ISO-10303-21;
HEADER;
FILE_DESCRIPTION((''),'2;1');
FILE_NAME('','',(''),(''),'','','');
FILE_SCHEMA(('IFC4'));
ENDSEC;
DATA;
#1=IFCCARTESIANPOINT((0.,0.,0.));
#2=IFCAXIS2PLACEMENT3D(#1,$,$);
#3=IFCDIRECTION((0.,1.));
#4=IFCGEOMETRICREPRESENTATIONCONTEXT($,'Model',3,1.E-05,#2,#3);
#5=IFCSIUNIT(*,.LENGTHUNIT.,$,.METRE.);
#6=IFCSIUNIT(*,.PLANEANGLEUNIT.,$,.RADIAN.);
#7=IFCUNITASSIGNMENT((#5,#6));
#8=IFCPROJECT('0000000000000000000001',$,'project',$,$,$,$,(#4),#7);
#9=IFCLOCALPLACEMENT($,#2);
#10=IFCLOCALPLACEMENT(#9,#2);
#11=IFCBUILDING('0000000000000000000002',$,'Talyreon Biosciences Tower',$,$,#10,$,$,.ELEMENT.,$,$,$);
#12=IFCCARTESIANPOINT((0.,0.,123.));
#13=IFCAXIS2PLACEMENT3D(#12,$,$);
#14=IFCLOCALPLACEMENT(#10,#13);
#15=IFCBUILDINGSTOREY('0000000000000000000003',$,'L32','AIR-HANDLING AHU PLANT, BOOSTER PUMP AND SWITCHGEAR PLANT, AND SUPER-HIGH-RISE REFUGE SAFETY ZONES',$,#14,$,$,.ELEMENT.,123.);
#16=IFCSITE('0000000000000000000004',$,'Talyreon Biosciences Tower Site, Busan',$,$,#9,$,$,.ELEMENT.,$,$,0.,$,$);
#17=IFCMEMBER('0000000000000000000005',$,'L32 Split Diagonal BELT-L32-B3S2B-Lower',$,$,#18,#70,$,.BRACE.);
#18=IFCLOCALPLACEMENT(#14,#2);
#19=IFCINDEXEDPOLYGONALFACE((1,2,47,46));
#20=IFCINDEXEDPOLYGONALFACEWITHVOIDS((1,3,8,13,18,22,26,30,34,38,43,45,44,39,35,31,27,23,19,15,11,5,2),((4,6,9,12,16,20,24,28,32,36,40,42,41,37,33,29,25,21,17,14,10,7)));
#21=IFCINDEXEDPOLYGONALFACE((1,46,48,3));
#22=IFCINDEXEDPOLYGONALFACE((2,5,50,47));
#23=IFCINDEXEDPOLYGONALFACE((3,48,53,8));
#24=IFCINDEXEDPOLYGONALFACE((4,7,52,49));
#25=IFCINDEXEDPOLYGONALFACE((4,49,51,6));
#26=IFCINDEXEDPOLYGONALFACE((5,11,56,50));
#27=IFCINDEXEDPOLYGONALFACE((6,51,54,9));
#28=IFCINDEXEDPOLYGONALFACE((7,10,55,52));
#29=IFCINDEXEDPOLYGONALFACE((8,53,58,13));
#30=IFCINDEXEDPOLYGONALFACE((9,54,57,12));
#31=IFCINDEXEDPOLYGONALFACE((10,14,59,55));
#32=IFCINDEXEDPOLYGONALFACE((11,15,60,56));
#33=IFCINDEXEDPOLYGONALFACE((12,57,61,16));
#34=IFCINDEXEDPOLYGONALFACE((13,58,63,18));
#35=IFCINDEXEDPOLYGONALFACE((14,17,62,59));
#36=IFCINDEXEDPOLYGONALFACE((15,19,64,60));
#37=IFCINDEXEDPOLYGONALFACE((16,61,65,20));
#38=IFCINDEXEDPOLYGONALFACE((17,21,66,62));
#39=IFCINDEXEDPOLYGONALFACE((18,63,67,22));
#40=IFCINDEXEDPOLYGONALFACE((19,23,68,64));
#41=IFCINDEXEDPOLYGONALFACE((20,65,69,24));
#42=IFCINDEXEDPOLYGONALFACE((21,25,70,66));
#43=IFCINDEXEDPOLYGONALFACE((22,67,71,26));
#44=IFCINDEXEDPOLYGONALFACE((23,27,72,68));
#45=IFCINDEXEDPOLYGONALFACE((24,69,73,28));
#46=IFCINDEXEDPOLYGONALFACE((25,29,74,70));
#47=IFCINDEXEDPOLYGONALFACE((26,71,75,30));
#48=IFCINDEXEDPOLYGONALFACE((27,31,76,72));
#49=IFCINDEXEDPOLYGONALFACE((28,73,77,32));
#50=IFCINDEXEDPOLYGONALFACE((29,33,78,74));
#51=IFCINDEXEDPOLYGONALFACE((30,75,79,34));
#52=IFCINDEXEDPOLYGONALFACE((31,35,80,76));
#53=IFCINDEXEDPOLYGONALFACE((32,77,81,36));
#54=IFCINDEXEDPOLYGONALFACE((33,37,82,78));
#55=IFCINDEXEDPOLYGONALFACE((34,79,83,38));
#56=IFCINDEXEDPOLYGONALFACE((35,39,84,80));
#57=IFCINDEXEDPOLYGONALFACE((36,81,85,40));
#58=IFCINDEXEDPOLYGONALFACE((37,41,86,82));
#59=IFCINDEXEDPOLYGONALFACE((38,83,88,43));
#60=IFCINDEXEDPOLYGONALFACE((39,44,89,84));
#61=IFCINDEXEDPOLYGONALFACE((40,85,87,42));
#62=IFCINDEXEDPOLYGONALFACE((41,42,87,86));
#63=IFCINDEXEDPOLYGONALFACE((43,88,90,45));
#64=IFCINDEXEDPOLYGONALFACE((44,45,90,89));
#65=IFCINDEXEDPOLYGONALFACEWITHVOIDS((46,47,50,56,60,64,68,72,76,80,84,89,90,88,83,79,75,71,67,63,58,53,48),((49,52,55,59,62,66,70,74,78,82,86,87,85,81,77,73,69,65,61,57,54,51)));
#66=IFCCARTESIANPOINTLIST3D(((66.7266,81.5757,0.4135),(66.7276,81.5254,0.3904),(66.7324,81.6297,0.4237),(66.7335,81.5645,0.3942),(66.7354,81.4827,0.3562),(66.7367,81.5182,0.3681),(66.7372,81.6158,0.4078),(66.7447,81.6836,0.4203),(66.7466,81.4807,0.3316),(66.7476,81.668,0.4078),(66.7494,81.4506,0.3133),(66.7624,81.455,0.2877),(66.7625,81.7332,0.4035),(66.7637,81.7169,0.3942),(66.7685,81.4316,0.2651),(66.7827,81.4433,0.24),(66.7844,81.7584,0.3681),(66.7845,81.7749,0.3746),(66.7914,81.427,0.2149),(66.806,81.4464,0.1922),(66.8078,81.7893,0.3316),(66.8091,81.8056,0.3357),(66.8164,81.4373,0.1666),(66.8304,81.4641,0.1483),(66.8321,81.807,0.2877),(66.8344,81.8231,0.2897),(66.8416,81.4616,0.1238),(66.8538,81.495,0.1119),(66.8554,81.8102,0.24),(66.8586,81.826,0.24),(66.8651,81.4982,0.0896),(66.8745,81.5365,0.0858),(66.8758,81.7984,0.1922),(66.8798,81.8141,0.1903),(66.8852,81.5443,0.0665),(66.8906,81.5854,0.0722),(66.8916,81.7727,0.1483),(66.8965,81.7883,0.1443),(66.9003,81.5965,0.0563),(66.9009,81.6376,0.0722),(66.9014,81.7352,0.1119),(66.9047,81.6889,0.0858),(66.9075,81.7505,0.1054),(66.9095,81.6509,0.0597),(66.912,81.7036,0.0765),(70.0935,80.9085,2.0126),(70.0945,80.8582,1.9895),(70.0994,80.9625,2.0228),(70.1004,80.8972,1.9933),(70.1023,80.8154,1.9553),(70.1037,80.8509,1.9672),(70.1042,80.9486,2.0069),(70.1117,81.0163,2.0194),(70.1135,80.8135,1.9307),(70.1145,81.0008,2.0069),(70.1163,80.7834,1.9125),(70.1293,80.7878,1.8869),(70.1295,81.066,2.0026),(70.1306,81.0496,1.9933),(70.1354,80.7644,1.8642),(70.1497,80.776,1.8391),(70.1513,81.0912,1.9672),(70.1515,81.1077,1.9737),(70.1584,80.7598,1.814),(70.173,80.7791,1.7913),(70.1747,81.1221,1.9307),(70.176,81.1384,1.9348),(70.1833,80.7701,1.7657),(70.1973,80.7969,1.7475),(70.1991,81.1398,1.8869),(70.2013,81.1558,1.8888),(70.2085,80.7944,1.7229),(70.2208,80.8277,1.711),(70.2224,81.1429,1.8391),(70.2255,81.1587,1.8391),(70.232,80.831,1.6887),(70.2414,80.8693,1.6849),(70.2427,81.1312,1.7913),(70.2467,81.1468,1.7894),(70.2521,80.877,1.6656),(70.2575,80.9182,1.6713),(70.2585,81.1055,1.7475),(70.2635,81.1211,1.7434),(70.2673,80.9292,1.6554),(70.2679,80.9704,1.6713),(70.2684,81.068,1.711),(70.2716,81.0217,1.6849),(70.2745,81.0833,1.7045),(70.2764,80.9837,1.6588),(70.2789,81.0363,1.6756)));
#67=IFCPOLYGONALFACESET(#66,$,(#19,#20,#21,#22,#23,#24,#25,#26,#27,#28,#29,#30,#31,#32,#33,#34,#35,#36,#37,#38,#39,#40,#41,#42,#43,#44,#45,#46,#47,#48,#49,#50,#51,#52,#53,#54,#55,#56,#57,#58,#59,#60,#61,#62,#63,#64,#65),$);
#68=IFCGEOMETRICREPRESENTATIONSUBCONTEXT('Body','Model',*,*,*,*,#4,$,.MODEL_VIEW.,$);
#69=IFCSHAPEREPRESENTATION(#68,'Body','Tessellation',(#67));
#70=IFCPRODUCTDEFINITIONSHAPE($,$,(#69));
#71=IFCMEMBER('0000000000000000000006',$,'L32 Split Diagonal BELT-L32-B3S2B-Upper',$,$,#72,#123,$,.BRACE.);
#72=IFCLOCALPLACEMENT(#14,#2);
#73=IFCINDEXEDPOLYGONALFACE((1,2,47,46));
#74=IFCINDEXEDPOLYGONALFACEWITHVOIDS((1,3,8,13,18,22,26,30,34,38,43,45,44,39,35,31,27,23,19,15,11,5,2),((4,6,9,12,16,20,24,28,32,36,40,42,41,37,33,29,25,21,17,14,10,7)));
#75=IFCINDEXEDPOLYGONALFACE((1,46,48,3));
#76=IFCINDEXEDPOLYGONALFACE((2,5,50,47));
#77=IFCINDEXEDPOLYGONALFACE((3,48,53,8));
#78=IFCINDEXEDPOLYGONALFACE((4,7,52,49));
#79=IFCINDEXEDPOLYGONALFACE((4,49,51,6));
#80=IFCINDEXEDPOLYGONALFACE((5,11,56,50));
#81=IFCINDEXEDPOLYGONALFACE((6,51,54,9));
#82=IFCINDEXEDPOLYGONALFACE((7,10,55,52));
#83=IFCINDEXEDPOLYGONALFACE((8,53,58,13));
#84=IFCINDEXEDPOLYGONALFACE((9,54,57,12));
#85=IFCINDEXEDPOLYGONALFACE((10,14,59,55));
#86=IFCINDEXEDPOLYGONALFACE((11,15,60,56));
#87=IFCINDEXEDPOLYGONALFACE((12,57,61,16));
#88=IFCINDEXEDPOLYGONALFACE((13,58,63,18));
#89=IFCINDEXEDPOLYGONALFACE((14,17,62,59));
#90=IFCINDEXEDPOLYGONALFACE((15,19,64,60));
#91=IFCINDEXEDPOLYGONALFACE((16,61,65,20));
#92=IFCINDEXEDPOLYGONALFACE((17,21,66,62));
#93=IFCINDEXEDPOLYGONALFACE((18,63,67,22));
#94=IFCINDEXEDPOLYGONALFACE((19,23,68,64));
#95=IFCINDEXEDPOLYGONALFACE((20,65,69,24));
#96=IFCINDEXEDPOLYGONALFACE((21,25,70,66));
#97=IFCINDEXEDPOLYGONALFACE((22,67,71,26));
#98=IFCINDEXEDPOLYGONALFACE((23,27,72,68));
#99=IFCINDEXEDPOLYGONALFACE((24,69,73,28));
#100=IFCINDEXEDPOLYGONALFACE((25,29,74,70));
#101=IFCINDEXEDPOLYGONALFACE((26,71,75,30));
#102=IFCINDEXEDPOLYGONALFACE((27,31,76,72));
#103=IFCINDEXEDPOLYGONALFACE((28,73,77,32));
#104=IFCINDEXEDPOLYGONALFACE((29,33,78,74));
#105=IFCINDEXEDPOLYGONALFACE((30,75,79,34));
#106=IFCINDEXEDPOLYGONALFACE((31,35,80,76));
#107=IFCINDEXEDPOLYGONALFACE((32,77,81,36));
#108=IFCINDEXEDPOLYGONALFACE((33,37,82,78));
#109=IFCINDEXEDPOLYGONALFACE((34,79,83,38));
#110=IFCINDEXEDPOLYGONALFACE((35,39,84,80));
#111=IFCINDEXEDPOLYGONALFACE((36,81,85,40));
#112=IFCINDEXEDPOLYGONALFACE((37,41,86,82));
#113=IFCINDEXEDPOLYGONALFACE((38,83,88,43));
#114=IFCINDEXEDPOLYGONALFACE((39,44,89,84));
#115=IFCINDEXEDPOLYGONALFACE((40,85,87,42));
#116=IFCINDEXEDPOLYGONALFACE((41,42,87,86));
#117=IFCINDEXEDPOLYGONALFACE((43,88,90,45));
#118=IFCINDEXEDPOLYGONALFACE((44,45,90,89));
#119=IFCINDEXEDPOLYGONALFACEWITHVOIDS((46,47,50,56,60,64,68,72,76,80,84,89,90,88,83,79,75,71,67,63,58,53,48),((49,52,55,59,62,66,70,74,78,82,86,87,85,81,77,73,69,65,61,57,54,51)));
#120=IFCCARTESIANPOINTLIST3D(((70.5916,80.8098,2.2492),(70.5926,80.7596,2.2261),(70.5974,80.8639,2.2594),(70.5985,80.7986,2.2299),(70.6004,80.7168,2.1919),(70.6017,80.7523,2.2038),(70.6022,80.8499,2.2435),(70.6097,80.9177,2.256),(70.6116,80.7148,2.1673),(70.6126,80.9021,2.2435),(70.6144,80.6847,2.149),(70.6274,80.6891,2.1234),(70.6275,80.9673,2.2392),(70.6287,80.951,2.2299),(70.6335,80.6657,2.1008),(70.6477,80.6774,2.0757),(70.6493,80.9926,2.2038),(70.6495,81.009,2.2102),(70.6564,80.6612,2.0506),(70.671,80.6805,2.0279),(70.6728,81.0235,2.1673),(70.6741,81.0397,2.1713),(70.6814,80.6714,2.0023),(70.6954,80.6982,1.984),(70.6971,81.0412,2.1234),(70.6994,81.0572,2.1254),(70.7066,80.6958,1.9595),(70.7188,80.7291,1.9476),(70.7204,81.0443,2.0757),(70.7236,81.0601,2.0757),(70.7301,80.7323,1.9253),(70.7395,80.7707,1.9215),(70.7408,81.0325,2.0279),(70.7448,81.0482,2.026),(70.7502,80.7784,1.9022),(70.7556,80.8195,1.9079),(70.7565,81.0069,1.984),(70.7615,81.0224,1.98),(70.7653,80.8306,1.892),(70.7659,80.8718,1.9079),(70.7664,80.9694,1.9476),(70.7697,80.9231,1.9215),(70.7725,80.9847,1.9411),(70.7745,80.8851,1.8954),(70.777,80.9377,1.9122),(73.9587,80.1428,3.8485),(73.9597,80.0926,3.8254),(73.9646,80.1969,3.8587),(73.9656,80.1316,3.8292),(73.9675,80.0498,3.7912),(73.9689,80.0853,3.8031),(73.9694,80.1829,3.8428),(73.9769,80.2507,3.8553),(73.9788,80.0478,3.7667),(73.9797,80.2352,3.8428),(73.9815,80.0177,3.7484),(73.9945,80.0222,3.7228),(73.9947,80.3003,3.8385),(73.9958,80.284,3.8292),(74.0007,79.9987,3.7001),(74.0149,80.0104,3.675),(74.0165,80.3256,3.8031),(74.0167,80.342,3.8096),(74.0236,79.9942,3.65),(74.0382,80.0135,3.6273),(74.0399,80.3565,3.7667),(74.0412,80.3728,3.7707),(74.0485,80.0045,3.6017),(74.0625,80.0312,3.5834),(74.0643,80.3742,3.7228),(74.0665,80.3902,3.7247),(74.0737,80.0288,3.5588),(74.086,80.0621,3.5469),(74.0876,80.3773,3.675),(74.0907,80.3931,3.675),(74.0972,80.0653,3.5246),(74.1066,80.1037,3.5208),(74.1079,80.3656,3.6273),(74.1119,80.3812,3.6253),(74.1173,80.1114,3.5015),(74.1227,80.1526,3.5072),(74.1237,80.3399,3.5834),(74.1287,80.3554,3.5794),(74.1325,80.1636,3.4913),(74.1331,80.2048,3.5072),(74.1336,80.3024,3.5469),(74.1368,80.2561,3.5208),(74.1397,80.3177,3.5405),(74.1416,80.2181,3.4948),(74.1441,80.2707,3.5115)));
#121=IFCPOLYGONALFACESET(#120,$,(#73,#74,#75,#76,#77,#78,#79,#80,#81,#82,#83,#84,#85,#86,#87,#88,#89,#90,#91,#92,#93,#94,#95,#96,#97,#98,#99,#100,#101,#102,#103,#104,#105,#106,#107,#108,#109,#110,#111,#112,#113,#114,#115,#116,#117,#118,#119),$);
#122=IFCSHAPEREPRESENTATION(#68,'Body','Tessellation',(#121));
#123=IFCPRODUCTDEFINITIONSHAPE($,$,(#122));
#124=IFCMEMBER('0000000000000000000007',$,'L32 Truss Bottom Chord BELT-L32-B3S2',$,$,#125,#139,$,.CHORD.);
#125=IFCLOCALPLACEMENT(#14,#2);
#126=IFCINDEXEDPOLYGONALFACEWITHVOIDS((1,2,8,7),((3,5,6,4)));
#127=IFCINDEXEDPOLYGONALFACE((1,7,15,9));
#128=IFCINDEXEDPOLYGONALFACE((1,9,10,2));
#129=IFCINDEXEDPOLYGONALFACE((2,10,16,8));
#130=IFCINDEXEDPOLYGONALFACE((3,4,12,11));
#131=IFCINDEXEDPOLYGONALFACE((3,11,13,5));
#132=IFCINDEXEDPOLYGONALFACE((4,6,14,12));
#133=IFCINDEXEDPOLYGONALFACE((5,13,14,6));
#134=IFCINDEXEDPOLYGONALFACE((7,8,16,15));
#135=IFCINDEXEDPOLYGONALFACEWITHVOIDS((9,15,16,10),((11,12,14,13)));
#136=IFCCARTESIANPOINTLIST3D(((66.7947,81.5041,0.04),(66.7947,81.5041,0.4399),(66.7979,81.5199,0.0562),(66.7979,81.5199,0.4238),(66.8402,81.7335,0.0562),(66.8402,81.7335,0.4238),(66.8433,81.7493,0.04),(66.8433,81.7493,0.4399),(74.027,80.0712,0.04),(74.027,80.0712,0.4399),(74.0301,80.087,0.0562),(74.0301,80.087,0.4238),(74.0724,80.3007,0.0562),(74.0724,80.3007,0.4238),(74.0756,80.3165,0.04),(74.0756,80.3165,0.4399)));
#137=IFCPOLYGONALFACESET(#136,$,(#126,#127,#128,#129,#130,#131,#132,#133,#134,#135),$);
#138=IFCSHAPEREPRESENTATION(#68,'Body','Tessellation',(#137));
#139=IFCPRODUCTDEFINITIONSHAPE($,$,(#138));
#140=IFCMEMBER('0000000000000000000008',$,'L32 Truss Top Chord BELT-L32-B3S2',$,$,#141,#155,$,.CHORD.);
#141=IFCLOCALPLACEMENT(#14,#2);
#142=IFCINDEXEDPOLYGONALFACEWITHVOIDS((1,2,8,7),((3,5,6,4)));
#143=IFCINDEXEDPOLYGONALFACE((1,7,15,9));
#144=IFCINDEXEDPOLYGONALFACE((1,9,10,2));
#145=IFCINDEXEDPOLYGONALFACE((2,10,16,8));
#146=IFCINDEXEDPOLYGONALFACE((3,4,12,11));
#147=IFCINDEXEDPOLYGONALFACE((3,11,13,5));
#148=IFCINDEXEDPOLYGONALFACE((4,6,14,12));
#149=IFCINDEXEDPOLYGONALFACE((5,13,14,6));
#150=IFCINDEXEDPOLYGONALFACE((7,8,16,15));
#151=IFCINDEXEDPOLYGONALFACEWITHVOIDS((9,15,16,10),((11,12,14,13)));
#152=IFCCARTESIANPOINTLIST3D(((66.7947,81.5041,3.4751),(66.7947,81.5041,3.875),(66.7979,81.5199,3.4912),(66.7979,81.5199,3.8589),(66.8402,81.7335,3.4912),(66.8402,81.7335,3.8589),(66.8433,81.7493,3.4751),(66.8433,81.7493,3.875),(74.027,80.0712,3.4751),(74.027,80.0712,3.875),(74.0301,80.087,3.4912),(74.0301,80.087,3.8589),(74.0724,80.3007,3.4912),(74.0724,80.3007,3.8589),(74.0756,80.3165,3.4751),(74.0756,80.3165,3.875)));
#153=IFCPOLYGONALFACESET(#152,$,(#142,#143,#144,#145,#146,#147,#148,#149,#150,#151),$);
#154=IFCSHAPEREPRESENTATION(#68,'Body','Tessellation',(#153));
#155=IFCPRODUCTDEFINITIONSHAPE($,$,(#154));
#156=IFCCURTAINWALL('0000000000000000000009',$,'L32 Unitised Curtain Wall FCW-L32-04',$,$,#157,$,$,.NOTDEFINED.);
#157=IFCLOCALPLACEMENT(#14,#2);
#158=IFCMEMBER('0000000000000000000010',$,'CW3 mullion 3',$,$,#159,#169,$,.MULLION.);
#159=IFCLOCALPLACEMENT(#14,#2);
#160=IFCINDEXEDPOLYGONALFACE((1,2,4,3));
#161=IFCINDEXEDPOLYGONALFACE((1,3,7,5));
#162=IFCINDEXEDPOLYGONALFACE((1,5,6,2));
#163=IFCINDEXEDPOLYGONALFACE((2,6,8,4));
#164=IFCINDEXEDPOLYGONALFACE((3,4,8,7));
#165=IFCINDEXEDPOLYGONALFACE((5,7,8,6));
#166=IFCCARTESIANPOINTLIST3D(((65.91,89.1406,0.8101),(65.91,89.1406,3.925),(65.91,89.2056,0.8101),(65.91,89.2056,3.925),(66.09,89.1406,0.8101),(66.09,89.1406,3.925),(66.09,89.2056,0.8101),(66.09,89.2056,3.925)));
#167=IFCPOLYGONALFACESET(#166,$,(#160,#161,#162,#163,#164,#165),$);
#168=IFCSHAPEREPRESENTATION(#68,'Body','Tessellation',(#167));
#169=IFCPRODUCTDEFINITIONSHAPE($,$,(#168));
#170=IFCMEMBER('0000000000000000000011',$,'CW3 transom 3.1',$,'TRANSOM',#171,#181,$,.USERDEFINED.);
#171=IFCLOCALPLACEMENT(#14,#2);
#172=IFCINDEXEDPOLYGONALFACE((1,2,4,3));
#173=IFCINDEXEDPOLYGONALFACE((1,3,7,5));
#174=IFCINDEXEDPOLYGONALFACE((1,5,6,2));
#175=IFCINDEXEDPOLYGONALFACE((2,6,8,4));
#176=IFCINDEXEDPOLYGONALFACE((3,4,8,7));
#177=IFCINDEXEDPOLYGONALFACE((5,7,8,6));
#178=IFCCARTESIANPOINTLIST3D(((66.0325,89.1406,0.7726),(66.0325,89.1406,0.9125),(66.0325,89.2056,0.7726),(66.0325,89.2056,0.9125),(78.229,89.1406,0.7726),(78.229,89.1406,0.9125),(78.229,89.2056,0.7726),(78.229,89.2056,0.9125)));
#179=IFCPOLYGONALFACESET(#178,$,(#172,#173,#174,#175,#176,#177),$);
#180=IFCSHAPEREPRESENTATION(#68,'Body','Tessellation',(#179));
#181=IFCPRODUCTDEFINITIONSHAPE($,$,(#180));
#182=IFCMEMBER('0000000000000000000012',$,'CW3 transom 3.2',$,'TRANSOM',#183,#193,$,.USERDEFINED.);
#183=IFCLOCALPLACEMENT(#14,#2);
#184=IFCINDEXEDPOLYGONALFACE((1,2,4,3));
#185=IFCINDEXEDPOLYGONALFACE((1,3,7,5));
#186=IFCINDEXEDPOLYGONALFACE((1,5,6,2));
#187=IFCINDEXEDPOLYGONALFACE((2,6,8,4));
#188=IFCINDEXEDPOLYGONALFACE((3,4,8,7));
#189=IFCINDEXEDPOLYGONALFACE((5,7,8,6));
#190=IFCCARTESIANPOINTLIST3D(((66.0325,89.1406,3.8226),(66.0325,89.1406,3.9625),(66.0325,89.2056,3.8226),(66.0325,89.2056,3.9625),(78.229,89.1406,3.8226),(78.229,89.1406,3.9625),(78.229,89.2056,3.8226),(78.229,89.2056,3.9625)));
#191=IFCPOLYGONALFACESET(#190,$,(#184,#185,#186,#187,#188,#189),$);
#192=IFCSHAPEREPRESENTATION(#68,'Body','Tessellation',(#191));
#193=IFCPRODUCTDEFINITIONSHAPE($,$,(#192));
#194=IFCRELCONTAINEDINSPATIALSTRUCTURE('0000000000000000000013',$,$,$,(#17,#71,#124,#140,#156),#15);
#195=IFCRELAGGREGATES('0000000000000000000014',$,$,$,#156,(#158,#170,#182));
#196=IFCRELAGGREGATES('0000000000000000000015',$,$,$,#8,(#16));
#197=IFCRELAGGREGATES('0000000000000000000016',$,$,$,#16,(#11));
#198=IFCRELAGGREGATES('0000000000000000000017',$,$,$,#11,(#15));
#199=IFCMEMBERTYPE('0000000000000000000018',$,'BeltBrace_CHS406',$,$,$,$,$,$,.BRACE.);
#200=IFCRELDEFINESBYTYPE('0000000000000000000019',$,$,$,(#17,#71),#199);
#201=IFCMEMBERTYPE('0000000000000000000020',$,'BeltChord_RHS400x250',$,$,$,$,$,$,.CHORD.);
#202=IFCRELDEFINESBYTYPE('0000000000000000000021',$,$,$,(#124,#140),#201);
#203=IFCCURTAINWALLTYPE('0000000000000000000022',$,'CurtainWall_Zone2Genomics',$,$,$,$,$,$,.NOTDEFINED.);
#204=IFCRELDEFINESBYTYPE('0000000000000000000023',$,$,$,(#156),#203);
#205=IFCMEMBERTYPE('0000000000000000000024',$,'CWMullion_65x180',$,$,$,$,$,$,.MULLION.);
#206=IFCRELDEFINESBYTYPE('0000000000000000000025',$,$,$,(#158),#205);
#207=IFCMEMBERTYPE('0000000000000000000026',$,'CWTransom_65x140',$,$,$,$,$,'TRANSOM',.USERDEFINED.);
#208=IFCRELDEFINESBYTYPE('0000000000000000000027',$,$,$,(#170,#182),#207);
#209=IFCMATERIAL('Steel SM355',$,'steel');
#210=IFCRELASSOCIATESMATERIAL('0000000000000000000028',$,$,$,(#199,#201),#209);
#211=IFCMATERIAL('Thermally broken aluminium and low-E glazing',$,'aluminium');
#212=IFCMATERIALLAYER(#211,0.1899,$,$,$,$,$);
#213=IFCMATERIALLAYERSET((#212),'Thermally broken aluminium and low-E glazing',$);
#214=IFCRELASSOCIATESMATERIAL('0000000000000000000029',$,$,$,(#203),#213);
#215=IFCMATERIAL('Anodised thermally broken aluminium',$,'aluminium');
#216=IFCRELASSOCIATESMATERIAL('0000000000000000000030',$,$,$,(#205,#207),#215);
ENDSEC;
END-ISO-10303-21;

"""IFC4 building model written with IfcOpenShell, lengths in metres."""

from ifc_helpers import new_model, si_unit, direction, frame, origin, origin_2d, place, context, subcontext, project, spatial, rectangle, hollow_rectangle, hollow_circle, extrude, material, layer, layer_set, material_profile, profile_set, type_object, element, aggregate, save


model = new_model("IFC4")

# Units and contexts
model_context = context("Model", 3, precision=1e-05, world=origin(), true_north=direction((0.0, 1.0)))
body_context = subcontext(model_context, "Body", "Model", "MODEL_VIEW")
ifc_project = project(units=[si_unit("LENGTHUNIT", "METRE"), si_unit("PLANEANGLEUNIT", "RADIAN")], contexts=[model_context])

# Site, building, storey
site_placement = place(None, origin())
site = spatial("IfcSite", under=ifc_project, at=site_placement, Name="Talyreon Biosciences Tower Site, Busan", CompositionType="ELEMENT", RefElevation=0.0)
building_placement = place(site_placement, origin())
building = spatial("IfcBuilding", under=site, at=building_placement, Name="Talyreon Biosciences Tower", CompositionType="ELEMENT")
storey_placement = place(building_placement, frame((0.0, 0.0, 123.0)))
storey = spatial("IfcBuildingStorey", under=building, at=storey_placement, Name="L32", Description="AIR-HANDLING AHU PLANT, BOOSTER PUMP AND SWITCHGEAR PLANT, AND SUPER-HIGH-RISE REFUGE SAFETY ZONES", CompositionType="ELEMENT", Elevation=123.0)

# Members
ifc_material_1 = material(Name="Steel SM355", Category="steel")
ifc_material_profile_1 = material_profile(ifc_material_1, hollow_circle(Radius=0.2031, WallThickness=0.0161, at=origin_2d()), Name="CHS 406.4x16")
ifc_profile_set_1 = profile_set([ifc_material_profile_1], Name="Steel SM355")
member_type_1 = type_object("IfcMemberType", Name="BeltBrace_CHS406", PredefinedType="BRACE", material=ifc_profile_set_1)
member_1_placement = place(storey_placement, frame((66.8191, 81.6267, 0.24), z_axis=(0.889162, -0.176208, 0.422305), x_axis=(0.194392, 0.980924, 0.0)))
element("IfcMember", 1, at=member_1_placement, inside=storey, type_object=member_type_1, Name="L32 Split Diagonal BELT-L32-B3S2B-Lower", PredefinedType="BRACE", context=body_context, shape_type="SweptSolid", body=[
    extrude(hollow_circle(Radius=0.2031, WallThickness=0.0161, at=origin_2d()), origin(), (0.0, 0.0, 1.0), 3.7866),
])
member_2_placement = place(storey_placement, frame((70.6841, 80.8608, 2.0757), z_axis=(0.889161, -0.17613, 0.422339), x_axis=(0.19431, 0.98094, 0.0)))
element("IfcMember", 2, at=member_2_placement, inside=storey, type_object=member_type_1, Name="L32 Split Diagonal BELT-L32-B3S2B-Upper", PredefinedType="BRACE", context=body_context, shape_type="SweptSolid", body=[
    extrude(hollow_circle(Radius=0.2031, WallThickness=0.0161, at=origin_2d()), origin(), (0.0, 0.0, 1.0), 3.7869),
])
ifc_material_profile_2 = material_profile(ifc_material_1, hollow_rectangle(XDim=0.25, YDim=0.3999, WallThickness=0.0161, at=origin_2d()), Name="RHS 400x250x16")
ifc_profile_set_2 = profile_set([ifc_material_profile_2], Name="Steel SM355")
member_type_2 = type_object("IfcMemberType", Name="BeltChord_RHS400x250", PredefinedType="CHORD", material=ifc_profile_set_2)
for number, where, z_axis, x_axis, name in (
    (3, (74.0513, 80.1938, 0.24), (-0.980933, 0.194345, 0.0), (-0.194345, -0.980933, 0.0), "L32 Truss Bottom Chord BELT-L32-B3S2"),
    (4, (74.0513, 80.1938, 3.675), (-0.980933, 0.194345, 0.0), (-0.194345, -0.980933, 0.0), "L32 Truss Top Chord BELT-L32-B3S2"),
):
    element("IfcMember", number, at=place(storey_placement, frame(where, z_axis=z_axis, x_axis=x_axis)), inside=storey, type_object=member_type_2, Name=name, PredefinedType="CHORD", context=body_context, shape_type="SweptSolid", body=[
        extrude(hollow_rectangle(XDim=0.25, YDim=0.3999, WallThickness=0.0161, at=origin_2d()), origin(), (0.0, 0.0, 1.0), 7.3728),
    ])

# Curtain wall, members
ifc_material_2 = material(Name="Thermally broken aluminium and low-E glazing", Category="aluminium")
ifc_layer_1 = layer(ifc_material_2, 0.1899)
ifc_layer_set_1 = layer_set([ifc_layer_1], Name="Thermally broken aluminium and low-E glazing")
curtain_wall_type = type_object("IfcCurtainWallType", Name="CurtainWall_Zone2Genomics", PredefinedType="NOTDEFINED", material=ifc_layer_set_1)
curtain_wall_placement = place(storey_placement, origin())
curtain_wall = element("IfcCurtainWall", 5, at=curtain_wall_placement, inside=storey, type_object=curtain_wall_type, Name="L32 Unitised Curtain Wall FCW-L32-04", PredefinedType="NOTDEFINED")
ifc_material_3 = material(Name="Anodised thermally broken aluminium", Category="aluminium")
ifc_material_profile_3 = material_profile(ifc_material_3, rectangle(XDim=0.0649, YDim=0.1799, at=origin_2d()), Name="ALUM MULLION 65x180")
ifc_profile_set_3 = profile_set([ifc_material_profile_3], Name="Anodised thermally broken aluminium")
member_type_3 = type_object("IfcMemberType", Name="CWMullion_65x180", PredefinedType="MULLION", material=ifc_profile_set_3)
member_3_placement = place(storey_placement, frame((66.0, 89.1731, 0.8101), z_axis=(0.0, 0.0, 1.0), x_axis=(0.0, 1.0, 0.0)))
member_3 = element("IfcMember", 6, at=member_3_placement, type_object=member_type_3, Name="CW3 mullion 3", PredefinedType="MULLION", context=body_context, shape_type="SweptSolid", body=[
    extrude(rectangle(XDim=0.0649, YDim=0.1799, at=origin_2d()), origin(), (0.0, 0.0, 1.0), 3.115),
])
ifc_material_profile_4 = material_profile(ifc_material_3, rectangle(XDim=0.0649, YDim=0.1399, at=origin_2d()), Name="ALUM TRANSOM 65x140")
ifc_profile_set_4 = profile_set([ifc_material_profile_4], Name="Anodised thermally broken aluminium")
member_type_4 = type_object("IfcMemberType", Name="CWTransom_65x140", ElementType="TRANSOM", PredefinedType="USERDEFINED", material=ifc_profile_set_4)
member_4_placement = place(storey_placement, frame((66.0325, 89.1731, 0.8425), z_axis=(1.0, 0.0, 0.0), x_axis=(0.0, 1.0, 0.0)))
member_4 = element("IfcMember", 7, at=member_4_placement, type_object=member_type_4, Name="CW3 transom 3.1", ObjectType="TRANSOM", PredefinedType="USERDEFINED", context=body_context, shape_type="SweptSolid", body=[
    extrude(rectangle(XDim=0.0649, YDim=0.1399, at=origin_2d()), origin(), (0.0, 0.0, 1.0), 12.1965),
])
member_5_placement = place(storey_placement, frame((66.0325, 89.1731, 3.8926), z_axis=(1.0, 0.0, 0.0), x_axis=(0.0, 1.0, 0.0)))
member_5 = element("IfcMember", 8, at=member_5_placement, type_object=member_type_4, Name="CW3 transom 3.2", ObjectType="TRANSOM", PredefinedType="USERDEFINED", context=body_context, shape_type="SweptSolid", body=[
    extrude(rectangle(XDim=0.0649, YDim=0.1399, at=origin_2d()), origin(), (0.0, 0.0, 1.0), 12.1965),
])

aggregate(curtain_wall, [member_3, member_4, member_5])

save(model, "model.ifc")
